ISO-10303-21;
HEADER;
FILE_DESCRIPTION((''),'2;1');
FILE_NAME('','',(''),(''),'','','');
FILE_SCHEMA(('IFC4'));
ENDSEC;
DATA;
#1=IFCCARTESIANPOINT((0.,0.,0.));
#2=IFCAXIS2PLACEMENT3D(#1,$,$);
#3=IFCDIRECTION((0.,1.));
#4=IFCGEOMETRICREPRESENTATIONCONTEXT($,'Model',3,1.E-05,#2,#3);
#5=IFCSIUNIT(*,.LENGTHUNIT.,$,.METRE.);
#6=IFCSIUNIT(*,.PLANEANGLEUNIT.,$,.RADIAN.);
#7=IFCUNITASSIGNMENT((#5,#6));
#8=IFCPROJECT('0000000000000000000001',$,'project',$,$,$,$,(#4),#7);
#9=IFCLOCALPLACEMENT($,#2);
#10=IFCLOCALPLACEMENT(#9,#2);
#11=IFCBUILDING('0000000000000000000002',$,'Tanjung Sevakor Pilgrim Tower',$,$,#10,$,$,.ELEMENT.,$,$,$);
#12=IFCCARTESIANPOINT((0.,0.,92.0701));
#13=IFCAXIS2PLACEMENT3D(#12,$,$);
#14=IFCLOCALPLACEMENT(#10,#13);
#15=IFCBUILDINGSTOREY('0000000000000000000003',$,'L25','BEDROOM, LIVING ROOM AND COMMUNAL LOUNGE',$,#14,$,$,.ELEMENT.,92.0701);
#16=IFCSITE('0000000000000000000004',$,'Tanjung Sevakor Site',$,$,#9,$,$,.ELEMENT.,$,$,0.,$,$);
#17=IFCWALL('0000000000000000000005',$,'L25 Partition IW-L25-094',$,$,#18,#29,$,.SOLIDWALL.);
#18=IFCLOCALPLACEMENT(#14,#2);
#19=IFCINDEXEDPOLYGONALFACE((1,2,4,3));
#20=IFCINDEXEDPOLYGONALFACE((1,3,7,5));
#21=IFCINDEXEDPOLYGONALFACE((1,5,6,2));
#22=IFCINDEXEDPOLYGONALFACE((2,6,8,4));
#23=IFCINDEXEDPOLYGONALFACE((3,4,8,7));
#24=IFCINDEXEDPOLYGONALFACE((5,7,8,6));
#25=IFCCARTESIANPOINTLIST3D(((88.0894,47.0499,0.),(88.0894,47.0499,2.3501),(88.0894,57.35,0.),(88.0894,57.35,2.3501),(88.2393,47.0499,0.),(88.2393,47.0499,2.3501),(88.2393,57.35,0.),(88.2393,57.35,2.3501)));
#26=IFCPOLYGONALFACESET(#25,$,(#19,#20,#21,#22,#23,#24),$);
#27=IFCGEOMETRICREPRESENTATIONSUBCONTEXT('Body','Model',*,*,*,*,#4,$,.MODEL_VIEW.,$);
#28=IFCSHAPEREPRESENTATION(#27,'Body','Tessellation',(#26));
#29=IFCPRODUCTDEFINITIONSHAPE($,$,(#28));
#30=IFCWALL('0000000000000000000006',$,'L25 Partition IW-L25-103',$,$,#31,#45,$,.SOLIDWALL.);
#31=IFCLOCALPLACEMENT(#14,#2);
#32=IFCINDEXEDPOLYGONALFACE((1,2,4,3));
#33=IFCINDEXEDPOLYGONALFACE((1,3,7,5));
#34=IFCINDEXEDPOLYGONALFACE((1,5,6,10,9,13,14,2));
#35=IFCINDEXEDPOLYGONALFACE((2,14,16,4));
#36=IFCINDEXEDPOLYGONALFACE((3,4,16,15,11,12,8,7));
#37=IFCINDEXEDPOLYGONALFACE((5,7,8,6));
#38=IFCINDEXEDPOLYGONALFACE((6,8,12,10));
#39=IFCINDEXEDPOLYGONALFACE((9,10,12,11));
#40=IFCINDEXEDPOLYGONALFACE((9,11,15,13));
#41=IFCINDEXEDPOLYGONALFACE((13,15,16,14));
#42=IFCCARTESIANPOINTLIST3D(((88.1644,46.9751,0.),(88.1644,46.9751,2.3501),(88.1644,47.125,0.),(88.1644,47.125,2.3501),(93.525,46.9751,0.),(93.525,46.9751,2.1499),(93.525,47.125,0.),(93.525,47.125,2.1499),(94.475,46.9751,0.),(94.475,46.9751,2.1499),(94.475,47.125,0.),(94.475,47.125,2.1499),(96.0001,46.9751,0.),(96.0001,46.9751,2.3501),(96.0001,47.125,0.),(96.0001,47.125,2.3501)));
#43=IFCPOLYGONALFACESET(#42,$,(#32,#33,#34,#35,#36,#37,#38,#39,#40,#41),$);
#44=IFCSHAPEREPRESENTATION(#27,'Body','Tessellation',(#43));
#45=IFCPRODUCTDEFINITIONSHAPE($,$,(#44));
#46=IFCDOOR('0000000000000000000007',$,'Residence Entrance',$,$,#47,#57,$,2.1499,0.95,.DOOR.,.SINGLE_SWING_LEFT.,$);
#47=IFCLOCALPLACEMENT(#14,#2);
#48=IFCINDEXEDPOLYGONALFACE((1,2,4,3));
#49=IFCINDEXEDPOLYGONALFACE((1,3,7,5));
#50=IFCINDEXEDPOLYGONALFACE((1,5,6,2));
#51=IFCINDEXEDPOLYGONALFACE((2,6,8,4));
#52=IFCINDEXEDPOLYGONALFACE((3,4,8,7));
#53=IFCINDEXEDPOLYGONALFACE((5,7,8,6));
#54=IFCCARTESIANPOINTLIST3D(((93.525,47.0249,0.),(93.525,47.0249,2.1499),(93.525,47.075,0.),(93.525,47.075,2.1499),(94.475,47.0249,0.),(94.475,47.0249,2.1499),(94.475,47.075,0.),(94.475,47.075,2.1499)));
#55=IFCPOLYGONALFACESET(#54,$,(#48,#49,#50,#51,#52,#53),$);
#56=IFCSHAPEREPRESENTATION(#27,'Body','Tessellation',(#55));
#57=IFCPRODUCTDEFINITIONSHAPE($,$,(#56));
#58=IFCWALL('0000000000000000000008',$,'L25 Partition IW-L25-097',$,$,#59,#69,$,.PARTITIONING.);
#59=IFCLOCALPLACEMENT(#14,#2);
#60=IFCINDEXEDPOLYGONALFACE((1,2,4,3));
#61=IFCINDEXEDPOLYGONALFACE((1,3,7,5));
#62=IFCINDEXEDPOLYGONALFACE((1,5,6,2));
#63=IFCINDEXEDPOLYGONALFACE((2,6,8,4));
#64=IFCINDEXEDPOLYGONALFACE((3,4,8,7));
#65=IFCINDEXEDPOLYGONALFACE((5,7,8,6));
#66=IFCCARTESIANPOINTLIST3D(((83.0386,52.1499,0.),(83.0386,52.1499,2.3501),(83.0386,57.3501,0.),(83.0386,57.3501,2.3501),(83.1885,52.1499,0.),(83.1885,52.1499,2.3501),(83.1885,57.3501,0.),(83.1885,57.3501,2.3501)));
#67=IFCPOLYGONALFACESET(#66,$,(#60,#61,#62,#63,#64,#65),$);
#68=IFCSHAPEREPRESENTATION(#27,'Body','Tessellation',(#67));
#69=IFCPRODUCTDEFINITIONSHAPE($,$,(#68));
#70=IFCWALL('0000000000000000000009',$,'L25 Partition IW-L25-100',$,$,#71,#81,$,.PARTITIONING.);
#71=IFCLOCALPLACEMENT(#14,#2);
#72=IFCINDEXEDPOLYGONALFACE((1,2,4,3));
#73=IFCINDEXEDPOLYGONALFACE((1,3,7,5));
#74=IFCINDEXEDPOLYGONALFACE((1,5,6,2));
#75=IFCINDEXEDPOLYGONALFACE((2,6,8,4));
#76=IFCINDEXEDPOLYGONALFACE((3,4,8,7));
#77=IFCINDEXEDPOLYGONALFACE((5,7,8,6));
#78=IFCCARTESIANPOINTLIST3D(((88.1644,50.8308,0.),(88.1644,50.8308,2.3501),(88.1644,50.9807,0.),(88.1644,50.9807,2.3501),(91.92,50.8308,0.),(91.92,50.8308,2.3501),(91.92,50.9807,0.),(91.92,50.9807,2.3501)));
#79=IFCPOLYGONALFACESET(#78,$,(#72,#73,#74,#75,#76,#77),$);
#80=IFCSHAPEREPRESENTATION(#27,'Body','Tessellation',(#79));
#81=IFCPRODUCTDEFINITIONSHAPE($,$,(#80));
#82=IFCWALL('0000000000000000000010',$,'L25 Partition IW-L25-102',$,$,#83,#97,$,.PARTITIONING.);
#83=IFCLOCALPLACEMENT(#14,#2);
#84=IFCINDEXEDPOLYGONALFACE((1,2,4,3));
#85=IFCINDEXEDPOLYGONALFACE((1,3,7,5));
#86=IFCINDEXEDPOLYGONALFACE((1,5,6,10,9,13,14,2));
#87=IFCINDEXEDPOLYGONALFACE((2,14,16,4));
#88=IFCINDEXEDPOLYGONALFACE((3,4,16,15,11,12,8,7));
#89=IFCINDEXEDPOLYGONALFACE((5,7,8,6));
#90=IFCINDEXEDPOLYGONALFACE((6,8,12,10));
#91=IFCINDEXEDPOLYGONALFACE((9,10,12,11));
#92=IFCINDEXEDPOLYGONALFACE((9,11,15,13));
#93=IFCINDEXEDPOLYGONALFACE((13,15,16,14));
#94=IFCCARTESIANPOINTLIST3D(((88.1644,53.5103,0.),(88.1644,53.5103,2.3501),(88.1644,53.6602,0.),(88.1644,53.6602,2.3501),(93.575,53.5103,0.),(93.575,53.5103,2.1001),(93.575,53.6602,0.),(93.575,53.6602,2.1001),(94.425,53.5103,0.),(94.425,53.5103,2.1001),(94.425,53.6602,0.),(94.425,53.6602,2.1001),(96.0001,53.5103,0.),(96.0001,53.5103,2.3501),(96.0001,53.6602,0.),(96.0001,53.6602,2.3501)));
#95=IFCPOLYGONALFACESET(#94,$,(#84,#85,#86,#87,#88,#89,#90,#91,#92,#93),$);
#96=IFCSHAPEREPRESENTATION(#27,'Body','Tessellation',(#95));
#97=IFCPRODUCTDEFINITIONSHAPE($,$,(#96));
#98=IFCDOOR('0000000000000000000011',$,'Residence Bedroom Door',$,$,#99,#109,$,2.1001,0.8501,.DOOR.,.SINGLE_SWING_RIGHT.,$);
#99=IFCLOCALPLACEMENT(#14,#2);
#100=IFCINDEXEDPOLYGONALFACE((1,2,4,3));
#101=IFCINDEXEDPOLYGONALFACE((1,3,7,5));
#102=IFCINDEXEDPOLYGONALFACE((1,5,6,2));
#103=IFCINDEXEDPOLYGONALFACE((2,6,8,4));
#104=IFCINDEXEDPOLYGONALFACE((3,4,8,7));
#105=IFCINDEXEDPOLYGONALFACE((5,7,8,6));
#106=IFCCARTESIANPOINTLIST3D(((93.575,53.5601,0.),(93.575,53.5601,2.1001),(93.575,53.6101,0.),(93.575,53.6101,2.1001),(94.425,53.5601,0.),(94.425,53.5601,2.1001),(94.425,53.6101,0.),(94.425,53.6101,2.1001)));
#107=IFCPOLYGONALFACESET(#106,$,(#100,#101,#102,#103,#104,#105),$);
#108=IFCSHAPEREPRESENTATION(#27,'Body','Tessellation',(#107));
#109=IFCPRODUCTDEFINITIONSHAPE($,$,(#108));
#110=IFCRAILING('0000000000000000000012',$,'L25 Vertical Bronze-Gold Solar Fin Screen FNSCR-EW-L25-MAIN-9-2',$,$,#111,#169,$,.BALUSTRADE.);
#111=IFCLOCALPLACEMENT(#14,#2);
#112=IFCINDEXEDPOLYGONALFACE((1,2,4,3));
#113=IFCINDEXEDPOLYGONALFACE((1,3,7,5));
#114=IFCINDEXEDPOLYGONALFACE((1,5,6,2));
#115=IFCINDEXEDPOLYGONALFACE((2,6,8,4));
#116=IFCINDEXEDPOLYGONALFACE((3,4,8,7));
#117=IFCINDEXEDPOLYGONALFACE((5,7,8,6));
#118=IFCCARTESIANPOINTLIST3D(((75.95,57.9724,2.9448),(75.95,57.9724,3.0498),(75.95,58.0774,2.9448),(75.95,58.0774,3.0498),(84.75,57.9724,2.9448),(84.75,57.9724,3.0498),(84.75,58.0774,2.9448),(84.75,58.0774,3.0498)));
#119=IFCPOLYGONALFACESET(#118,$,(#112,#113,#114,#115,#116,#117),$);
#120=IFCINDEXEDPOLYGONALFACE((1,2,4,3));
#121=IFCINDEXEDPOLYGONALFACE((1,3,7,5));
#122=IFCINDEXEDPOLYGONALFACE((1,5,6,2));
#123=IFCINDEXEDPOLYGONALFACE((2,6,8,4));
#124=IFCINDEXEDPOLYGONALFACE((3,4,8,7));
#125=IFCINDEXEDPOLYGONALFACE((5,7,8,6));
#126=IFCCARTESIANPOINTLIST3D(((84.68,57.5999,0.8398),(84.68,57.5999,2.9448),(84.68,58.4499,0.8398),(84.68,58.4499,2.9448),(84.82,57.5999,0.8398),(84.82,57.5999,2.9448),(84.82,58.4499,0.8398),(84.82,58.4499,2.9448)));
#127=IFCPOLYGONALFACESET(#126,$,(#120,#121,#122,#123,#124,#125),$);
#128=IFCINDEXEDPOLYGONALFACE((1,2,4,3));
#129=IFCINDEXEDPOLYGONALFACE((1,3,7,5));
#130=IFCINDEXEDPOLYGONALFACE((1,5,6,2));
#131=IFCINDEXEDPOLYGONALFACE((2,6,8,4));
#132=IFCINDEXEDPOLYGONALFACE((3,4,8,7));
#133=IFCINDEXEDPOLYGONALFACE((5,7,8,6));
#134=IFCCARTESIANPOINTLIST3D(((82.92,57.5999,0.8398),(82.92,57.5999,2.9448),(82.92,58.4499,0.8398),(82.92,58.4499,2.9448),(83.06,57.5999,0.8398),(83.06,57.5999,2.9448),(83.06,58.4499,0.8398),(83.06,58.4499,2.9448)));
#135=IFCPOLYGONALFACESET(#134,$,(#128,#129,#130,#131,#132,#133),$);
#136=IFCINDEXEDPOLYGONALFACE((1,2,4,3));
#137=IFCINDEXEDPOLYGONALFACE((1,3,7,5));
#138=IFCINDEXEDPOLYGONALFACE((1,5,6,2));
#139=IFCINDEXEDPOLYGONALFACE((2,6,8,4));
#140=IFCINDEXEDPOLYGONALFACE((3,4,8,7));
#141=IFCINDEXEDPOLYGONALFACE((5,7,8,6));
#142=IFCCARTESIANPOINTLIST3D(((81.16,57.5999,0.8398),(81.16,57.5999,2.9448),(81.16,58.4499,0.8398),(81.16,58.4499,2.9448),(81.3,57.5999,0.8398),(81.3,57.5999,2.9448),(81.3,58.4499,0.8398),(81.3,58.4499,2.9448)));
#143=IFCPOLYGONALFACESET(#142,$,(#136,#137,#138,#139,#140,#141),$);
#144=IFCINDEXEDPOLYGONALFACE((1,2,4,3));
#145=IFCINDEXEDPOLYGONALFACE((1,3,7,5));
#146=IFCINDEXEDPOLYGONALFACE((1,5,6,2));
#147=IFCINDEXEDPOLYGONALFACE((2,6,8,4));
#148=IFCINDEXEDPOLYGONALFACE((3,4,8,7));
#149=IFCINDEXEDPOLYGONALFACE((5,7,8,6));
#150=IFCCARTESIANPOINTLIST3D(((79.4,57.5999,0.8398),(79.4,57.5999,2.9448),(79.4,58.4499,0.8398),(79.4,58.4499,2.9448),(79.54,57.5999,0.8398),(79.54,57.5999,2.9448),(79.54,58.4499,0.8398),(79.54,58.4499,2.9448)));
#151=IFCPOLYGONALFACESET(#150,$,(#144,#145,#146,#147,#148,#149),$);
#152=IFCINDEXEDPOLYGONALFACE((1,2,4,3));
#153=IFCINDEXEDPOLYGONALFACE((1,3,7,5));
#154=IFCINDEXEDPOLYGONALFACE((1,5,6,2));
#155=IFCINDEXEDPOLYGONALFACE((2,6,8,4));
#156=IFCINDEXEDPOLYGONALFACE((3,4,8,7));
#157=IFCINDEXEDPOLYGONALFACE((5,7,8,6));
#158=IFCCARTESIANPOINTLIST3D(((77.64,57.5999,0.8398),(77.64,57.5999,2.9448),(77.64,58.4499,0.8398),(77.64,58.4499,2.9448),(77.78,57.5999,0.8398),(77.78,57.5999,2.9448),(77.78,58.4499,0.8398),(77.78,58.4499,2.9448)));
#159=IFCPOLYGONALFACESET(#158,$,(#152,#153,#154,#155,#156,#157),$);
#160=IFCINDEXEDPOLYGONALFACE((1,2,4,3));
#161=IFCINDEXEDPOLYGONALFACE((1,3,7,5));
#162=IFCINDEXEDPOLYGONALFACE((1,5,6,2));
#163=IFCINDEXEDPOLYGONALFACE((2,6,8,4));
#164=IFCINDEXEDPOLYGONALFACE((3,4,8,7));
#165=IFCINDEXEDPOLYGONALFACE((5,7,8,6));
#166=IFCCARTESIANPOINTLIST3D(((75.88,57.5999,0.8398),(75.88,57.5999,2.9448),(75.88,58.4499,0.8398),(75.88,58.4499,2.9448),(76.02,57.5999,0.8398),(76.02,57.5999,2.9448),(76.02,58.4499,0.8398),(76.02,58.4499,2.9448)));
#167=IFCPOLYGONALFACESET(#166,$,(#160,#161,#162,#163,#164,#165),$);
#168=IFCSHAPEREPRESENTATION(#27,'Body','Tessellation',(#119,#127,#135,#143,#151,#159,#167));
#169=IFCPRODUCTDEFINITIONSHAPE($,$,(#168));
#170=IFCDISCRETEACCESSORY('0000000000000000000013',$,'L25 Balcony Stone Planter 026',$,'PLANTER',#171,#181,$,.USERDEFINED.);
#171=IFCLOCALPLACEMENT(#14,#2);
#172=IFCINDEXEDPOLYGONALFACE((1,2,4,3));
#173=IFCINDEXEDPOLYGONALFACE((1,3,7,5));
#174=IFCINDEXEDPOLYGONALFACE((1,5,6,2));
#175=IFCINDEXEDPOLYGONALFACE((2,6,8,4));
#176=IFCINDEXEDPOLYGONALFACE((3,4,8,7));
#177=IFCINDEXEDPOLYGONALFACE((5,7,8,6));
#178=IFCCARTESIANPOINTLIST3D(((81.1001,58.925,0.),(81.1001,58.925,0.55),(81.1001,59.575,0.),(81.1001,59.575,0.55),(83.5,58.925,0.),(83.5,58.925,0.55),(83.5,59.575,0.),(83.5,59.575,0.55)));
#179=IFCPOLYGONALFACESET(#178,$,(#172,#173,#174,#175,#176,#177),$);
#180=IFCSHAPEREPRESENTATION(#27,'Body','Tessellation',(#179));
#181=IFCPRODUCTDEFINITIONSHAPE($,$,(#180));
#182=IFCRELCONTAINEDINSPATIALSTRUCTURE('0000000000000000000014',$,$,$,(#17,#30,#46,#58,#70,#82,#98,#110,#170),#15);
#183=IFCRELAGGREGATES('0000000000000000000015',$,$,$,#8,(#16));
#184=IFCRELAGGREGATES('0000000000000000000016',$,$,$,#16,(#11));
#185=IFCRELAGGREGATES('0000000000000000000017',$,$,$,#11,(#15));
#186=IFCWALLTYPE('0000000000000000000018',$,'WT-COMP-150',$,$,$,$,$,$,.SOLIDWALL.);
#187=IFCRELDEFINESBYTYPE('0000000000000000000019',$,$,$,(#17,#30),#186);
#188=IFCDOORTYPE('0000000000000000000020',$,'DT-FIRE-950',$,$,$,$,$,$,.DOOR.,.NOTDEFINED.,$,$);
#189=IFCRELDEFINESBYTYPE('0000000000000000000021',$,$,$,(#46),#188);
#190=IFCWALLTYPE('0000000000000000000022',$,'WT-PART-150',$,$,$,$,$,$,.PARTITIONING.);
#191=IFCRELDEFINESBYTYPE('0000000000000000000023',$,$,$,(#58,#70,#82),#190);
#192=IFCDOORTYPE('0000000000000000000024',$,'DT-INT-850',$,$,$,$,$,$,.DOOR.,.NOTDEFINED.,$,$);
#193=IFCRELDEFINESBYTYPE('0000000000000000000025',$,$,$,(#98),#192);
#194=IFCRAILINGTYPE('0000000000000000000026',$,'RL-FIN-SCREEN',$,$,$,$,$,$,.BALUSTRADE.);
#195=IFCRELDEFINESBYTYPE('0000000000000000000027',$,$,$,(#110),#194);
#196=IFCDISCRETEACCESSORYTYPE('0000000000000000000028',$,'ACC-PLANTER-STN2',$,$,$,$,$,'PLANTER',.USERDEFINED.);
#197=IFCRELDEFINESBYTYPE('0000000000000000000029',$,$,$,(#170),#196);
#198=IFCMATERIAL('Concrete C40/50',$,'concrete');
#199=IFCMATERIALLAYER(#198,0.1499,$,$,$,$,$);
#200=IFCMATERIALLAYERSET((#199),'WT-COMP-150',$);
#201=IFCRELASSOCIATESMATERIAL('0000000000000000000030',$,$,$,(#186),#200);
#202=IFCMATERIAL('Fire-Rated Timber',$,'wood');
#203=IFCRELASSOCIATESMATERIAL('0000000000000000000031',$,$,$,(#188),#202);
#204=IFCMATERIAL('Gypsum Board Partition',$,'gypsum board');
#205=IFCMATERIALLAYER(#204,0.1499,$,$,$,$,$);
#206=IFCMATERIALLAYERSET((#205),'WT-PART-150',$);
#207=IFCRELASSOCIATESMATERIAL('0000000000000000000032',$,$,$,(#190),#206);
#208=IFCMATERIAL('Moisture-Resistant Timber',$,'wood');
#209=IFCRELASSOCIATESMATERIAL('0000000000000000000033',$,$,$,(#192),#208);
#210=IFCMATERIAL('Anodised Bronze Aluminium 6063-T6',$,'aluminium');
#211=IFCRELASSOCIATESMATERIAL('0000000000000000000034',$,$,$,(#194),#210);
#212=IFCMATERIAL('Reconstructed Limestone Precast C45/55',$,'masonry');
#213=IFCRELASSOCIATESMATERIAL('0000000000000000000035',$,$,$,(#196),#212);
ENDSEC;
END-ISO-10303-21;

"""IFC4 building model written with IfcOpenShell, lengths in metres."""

from ifc_helpers import new_model, si_unit, direction, frame, frame_2d, origin, origin_2d, place, context, subcontext, project, spatial, rectangle, extrude, material, layer, layer_set, type_object, element, fill, save


model = new_model("IFC4")

# Units and contexts
model_context = context("Model", 3, precision=1e-05, world=origin(), true_north=direction((0.0, 1.0)))
body_context = subcontext(model_context, "Body", "Model", "MODEL_VIEW")
ifc_project = project(units=[si_unit("LENGTHUNIT", "METRE"), si_unit("PLANEANGLEUNIT", "RADIAN")], contexts=[model_context])

# Site, building, storey
site_placement = place(None, origin())
site = spatial("IfcSite", under=ifc_project, at=site_placement, Name="Tanjung Sevakor Site", CompositionType="ELEMENT", RefElevation=0.0)
building_placement = place(site_placement, origin())
building = spatial("IfcBuilding", under=site, at=building_placement, Name="Tanjung Sevakor Pilgrim Tower", CompositionType="ELEMENT")
storey_placement = place(building_placement, frame((0.0, 0.0, 92.0701)))
storey = spatial("IfcBuildingStorey", under=building, at=storey_placement, Name="L25", Description="BEDROOM, LIVING ROOM AND COMMUNAL LOUNGE", CompositionType="ELEMENT", Elevation=92.0701)

# Wall
ifc_material_1 = material(Name="Concrete C40/50", Category="concrete")
ifc_layer_1 = layer(ifc_material_1, 0.1499)
ifc_layer_set_1 = layer_set([ifc_layer_1], Name="WT-COMP-150")
wall_type_1 = type_object("IfcWallType", Name="WT-COMP-150", PredefinedType="SOLIDWALL", material=ifc_layer_set_1)
wall_1_placement = place(storey_placement, frame((88.1643, 47.05, 0.0), z_axis=(0.0, 0.0, 1.0), x_axis=(0.0, 1.0, 0.0)))
element("IfcWall", 1, at=wall_1_placement, inside=storey, type_object=wall_type_1, Name="L25 Partition IW-L25-094", PredefinedType="SOLIDWALL", context=body_context, shape_type="SweptSolid", body=[
    extrude(rectangle(XDim=10.3, YDim=0.1499, at=frame_2d((5.1499, 0.0))), origin(), (0.0, 0.0, 1.0), 2.3501),
])

# Wall, opening, door
wall_2_placement = place(storey_placement, frame((88.1643, 47.05, 0.0), z_axis=(0.0, 0.0, 1.0), x_axis=(1.0, 0.0, 0.0)))
wall_2 = element("IfcWall", 2, at=wall_2_placement, inside=storey, type_object=wall_type_1, Name="L25 Partition IW-L25-103", PredefinedType="SOLIDWALL", context=body_context, shape_type="SweptSolid", body=[
    extrude(rectangle(XDim=7.8357, YDim=0.1499, at=frame_2d((3.918, 0.0))), origin(), (0.0, 0.0, 1.0), 2.3501),
])
opening_1_placement = place(wall_2_placement, frame((5.3606, 0.0, 0.0)))
opening_1 = element("IfcOpeningElement", 3, at=opening_1_placement, cuts=wall_2, PredefinedType="OPENING", context=body_context, shape_type="SweptSolid", body=[
    extrude(rectangle(XDim=0.95, YDim=2.1499, at=frame_2d((0.4751, 1.075))), frame((0.0, 0.085, 0.0), z_axis=(0.0, -1.0, 0.0), x_axis=(1.0, 0.0, 0.0)), (0.0, 0.0, 1.0), 0.1699),
])
ifc_material_2 = material(Name="Fire-Rated Timber", Category="wood")
door_type_1 = type_object("IfcDoorType", Name="DT-FIRE-950", OperationType="NOTDEFINED", PredefinedType="DOOR", material=ifc_material_2)
door_1_placement = place(opening_1_placement, origin())
door_1 = element("IfcDoor", 4, at=door_1_placement, inside=storey, type_object=door_type_1, Name="Residence Entrance", OperationType="SINGLE_SWING_LEFT", OverallHeight=2.1499, OverallWidth=0.95, PredefinedType="DOOR", context=body_context, shape_type="SweptSolid", body=[
    extrude(rectangle(XDim=0.95, YDim=2.1499, at=frame_2d((0.4751, 1.075))), frame((0.0, 0.0249, 0.0), z_axis=(0.0, -1.0, 0.0), x_axis=(1.0, 0.0, 0.0)), (0.0, 0.0, 1.0), 0.05),
])
fill(opening_1, door_1)

# Walls
ifc_material_3 = material(Name="Gypsum Board Partition", Category="gypsum board")
ifc_layer_2 = layer(ifc_material_3, 0.1499)
ifc_layer_set_2 = layer_set([ifc_layer_2], Name="WT-PART-150")
wall_type_2 = type_object("IfcWallType", Name="WT-PART-150", PredefinedType="PARTITIONING", material=ifc_layer_set_2)
wall_3_placement = place(storey_placement, frame((83.1135, 52.1499, 0.0), z_axis=(0.0, 0.0, 1.0), x_axis=(0.0, 1.0, 0.0)))
element("IfcWall", 5, at=wall_3_placement, inside=storey, type_object=wall_type_2, Name="L25 Partition IW-L25-097", PredefinedType="PARTITIONING", context=body_context, shape_type="SweptSolid", body=[
    extrude(rectangle(XDim=5.2002, YDim=0.1499, at=frame_2d((2.6001, 0.0))), origin(), (0.0, 0.0, 1.0), 2.3501),
])
wall_4_placement = place(storey_placement, frame((88.1643, 50.9058, 0.0), z_axis=(0.0, 0.0, 1.0), x_axis=(1.0, 0.0, 0.0)))
element("IfcWall", 6, at=wall_4_placement, inside=storey, type_object=wall_type_2, Name="L25 Partition IW-L25-100", PredefinedType="PARTITIONING", context=body_context, shape_type="SweptSolid", body=[
    extrude(rectangle(XDim=3.7556, YDim=0.1499, at=frame_2d((1.8779, 0.0))), origin(), (0.0, 0.0, 1.0), 2.3501),
])

# Wall, opening, door
wall_5_placement = place(storey_placement, frame((88.1643, 53.5852, 0.0), z_axis=(0.0, 0.0, 1.0), x_axis=(1.0, 0.0, 0.0)))
wall_5 = element("IfcWall", 7, at=wall_5_placement, inside=storey, type_object=wall_type_2, Name="L25 Partition IW-L25-102", PredefinedType="PARTITIONING", context=body_context, shape_type="SweptSolid", body=[
    extrude(rectangle(XDim=7.8357, YDim=0.1499, at=frame_2d((3.918, 0.0))), origin(), (0.0, 0.0, 1.0), 2.3501),
])
opening_2_placement = place(wall_5_placement, frame((5.4106, 0.0, 0.0)))
opening_2 = element("IfcOpeningElement", 8, at=opening_2_placement, cuts=wall_5, PredefinedType="OPENING", context=body_context, shape_type="SweptSolid", body=[
    extrude(rectangle(XDim=0.8501, YDim=2.1001, at=frame_2d((0.425, 1.05))), frame((0.0, 0.085, 0.0), z_axis=(0.0, -1.0, 0.0), x_axis=(1.0, 0.0, 0.0)), (0.0, 0.0, 1.0), 0.1699),
])
ifc_material_4 = material(Name="Moisture-Resistant Timber", Category="wood")
door_type_2 = type_object("IfcDoorType", Name="DT-INT-850", OperationType="NOTDEFINED", PredefinedType="DOOR", material=ifc_material_4)
door_2_placement = place(opening_2_placement, origin())
door_2 = element("IfcDoor", 9, at=door_2_placement, inside=storey, type_object=door_type_2, Name="Residence Bedroom Door", OperationType="SINGLE_SWING_RIGHT", OverallHeight=2.1001, OverallWidth=0.8501, PredefinedType="DOOR", context=body_context, shape_type="SweptSolid", body=[
    extrude(rectangle(XDim=0.8501, YDim=2.1001, at=frame_2d((0.425, 1.05))), frame((0.0, 0.0249, 0.0), z_axis=(0.0, -1.0, 0.0), x_axis=(1.0, 0.0, 0.0)), (0.0, 0.0, 1.0), 0.05),
])
fill(opening_2, door_2)

# Railing
ifc_material_5 = material(Name="Anodised Bronze Aluminium 6063-T6", Category="aluminium")
railing_type = type_object("IfcRailingType", Name="RL-FIN-SCREEN", PredefinedType="BALUSTRADE", material=ifc_material_5)
railing_placement = place(storey_placement, frame((84.75, 58.0249, 0.8398)))
element("IfcRailing", 10, at=railing_placement, inside=storey, type_object=railing_type, Name="L25 Vertical Bronze-Gold Solar Fin Screen FNSCR-EW-L25-MAIN-9-2", PredefinedType="BALUSTRADE", context=body_context, shape_type="SweptSolid", body=[
    extrude(rectangle(XDim=0.105, YDim=0.105), frame((0.0, 0.0, 2.1575), z_axis=(-1.0, 0.0, 0.0), x_axis=(0.0, -1.0, 0.0)), (0.0, 0.0, 1.0), 8.8),
    extrude(rectangle(XDim=0.14, YDim=0.85), origin(), (0.0, 0.0, 1.0), 2.105),
    extrude(rectangle(XDim=0.14, YDim=0.85), frame((-1.76, 0.0, 0.0)), (0.0, 0.0, 1.0), 2.105),
    extrude(rectangle(XDim=0.14, YDim=0.85), frame((-3.52, 0.0, 0.0)), (0.0, 0.0, 1.0), 2.105),
    extrude(rectangle(XDim=0.14, YDim=0.85), frame((-5.28, 0.0, 0.0)), (0.0, 0.0, 1.0), 2.105),
    extrude(rectangle(XDim=0.14, YDim=0.85), frame((-7.04, 0.0, 0.0)), (0.0, 0.0, 1.0), 2.105),
    extrude(rectangle(XDim=0.14, YDim=0.85), frame((-8.8, 0.0, 0.0)), (0.0, 0.0, 1.0), 2.105),
])

# Discrete accessory
ifc_material_6 = material(Name="Reconstructed Limestone Precast C45/55", Category="masonry")
discrete_accessory_type = type_object("IfcDiscreteAccessoryType", Name="ACC-PLANTER-STN2", ElementType="PLANTER", PredefinedType="USERDEFINED", material=ifc_material_6)
discrete_accessory_placement = place(storey_placement, frame((82.3, 59.25, 0.0), z_axis=(0.0, 0.0, 1.0), x_axis=(1.0, 0.0, 0.0)))
element("IfcDiscreteAccessory", 11, at=discrete_accessory_placement, inside=storey, type_object=discrete_accessory_type, Name="L25 Balcony Stone Planter 026", ObjectType="PLANTER", PredefinedType="USERDEFINED", context=body_context, shape_type="SweptSolid", body=[
    extrude(rectangle(XDim=2.3999, YDim=0.6499, at=origin_2d()), origin(), (0.0, 0.0, 1.0), 0.55),
])

save(model, "model.ifc")
